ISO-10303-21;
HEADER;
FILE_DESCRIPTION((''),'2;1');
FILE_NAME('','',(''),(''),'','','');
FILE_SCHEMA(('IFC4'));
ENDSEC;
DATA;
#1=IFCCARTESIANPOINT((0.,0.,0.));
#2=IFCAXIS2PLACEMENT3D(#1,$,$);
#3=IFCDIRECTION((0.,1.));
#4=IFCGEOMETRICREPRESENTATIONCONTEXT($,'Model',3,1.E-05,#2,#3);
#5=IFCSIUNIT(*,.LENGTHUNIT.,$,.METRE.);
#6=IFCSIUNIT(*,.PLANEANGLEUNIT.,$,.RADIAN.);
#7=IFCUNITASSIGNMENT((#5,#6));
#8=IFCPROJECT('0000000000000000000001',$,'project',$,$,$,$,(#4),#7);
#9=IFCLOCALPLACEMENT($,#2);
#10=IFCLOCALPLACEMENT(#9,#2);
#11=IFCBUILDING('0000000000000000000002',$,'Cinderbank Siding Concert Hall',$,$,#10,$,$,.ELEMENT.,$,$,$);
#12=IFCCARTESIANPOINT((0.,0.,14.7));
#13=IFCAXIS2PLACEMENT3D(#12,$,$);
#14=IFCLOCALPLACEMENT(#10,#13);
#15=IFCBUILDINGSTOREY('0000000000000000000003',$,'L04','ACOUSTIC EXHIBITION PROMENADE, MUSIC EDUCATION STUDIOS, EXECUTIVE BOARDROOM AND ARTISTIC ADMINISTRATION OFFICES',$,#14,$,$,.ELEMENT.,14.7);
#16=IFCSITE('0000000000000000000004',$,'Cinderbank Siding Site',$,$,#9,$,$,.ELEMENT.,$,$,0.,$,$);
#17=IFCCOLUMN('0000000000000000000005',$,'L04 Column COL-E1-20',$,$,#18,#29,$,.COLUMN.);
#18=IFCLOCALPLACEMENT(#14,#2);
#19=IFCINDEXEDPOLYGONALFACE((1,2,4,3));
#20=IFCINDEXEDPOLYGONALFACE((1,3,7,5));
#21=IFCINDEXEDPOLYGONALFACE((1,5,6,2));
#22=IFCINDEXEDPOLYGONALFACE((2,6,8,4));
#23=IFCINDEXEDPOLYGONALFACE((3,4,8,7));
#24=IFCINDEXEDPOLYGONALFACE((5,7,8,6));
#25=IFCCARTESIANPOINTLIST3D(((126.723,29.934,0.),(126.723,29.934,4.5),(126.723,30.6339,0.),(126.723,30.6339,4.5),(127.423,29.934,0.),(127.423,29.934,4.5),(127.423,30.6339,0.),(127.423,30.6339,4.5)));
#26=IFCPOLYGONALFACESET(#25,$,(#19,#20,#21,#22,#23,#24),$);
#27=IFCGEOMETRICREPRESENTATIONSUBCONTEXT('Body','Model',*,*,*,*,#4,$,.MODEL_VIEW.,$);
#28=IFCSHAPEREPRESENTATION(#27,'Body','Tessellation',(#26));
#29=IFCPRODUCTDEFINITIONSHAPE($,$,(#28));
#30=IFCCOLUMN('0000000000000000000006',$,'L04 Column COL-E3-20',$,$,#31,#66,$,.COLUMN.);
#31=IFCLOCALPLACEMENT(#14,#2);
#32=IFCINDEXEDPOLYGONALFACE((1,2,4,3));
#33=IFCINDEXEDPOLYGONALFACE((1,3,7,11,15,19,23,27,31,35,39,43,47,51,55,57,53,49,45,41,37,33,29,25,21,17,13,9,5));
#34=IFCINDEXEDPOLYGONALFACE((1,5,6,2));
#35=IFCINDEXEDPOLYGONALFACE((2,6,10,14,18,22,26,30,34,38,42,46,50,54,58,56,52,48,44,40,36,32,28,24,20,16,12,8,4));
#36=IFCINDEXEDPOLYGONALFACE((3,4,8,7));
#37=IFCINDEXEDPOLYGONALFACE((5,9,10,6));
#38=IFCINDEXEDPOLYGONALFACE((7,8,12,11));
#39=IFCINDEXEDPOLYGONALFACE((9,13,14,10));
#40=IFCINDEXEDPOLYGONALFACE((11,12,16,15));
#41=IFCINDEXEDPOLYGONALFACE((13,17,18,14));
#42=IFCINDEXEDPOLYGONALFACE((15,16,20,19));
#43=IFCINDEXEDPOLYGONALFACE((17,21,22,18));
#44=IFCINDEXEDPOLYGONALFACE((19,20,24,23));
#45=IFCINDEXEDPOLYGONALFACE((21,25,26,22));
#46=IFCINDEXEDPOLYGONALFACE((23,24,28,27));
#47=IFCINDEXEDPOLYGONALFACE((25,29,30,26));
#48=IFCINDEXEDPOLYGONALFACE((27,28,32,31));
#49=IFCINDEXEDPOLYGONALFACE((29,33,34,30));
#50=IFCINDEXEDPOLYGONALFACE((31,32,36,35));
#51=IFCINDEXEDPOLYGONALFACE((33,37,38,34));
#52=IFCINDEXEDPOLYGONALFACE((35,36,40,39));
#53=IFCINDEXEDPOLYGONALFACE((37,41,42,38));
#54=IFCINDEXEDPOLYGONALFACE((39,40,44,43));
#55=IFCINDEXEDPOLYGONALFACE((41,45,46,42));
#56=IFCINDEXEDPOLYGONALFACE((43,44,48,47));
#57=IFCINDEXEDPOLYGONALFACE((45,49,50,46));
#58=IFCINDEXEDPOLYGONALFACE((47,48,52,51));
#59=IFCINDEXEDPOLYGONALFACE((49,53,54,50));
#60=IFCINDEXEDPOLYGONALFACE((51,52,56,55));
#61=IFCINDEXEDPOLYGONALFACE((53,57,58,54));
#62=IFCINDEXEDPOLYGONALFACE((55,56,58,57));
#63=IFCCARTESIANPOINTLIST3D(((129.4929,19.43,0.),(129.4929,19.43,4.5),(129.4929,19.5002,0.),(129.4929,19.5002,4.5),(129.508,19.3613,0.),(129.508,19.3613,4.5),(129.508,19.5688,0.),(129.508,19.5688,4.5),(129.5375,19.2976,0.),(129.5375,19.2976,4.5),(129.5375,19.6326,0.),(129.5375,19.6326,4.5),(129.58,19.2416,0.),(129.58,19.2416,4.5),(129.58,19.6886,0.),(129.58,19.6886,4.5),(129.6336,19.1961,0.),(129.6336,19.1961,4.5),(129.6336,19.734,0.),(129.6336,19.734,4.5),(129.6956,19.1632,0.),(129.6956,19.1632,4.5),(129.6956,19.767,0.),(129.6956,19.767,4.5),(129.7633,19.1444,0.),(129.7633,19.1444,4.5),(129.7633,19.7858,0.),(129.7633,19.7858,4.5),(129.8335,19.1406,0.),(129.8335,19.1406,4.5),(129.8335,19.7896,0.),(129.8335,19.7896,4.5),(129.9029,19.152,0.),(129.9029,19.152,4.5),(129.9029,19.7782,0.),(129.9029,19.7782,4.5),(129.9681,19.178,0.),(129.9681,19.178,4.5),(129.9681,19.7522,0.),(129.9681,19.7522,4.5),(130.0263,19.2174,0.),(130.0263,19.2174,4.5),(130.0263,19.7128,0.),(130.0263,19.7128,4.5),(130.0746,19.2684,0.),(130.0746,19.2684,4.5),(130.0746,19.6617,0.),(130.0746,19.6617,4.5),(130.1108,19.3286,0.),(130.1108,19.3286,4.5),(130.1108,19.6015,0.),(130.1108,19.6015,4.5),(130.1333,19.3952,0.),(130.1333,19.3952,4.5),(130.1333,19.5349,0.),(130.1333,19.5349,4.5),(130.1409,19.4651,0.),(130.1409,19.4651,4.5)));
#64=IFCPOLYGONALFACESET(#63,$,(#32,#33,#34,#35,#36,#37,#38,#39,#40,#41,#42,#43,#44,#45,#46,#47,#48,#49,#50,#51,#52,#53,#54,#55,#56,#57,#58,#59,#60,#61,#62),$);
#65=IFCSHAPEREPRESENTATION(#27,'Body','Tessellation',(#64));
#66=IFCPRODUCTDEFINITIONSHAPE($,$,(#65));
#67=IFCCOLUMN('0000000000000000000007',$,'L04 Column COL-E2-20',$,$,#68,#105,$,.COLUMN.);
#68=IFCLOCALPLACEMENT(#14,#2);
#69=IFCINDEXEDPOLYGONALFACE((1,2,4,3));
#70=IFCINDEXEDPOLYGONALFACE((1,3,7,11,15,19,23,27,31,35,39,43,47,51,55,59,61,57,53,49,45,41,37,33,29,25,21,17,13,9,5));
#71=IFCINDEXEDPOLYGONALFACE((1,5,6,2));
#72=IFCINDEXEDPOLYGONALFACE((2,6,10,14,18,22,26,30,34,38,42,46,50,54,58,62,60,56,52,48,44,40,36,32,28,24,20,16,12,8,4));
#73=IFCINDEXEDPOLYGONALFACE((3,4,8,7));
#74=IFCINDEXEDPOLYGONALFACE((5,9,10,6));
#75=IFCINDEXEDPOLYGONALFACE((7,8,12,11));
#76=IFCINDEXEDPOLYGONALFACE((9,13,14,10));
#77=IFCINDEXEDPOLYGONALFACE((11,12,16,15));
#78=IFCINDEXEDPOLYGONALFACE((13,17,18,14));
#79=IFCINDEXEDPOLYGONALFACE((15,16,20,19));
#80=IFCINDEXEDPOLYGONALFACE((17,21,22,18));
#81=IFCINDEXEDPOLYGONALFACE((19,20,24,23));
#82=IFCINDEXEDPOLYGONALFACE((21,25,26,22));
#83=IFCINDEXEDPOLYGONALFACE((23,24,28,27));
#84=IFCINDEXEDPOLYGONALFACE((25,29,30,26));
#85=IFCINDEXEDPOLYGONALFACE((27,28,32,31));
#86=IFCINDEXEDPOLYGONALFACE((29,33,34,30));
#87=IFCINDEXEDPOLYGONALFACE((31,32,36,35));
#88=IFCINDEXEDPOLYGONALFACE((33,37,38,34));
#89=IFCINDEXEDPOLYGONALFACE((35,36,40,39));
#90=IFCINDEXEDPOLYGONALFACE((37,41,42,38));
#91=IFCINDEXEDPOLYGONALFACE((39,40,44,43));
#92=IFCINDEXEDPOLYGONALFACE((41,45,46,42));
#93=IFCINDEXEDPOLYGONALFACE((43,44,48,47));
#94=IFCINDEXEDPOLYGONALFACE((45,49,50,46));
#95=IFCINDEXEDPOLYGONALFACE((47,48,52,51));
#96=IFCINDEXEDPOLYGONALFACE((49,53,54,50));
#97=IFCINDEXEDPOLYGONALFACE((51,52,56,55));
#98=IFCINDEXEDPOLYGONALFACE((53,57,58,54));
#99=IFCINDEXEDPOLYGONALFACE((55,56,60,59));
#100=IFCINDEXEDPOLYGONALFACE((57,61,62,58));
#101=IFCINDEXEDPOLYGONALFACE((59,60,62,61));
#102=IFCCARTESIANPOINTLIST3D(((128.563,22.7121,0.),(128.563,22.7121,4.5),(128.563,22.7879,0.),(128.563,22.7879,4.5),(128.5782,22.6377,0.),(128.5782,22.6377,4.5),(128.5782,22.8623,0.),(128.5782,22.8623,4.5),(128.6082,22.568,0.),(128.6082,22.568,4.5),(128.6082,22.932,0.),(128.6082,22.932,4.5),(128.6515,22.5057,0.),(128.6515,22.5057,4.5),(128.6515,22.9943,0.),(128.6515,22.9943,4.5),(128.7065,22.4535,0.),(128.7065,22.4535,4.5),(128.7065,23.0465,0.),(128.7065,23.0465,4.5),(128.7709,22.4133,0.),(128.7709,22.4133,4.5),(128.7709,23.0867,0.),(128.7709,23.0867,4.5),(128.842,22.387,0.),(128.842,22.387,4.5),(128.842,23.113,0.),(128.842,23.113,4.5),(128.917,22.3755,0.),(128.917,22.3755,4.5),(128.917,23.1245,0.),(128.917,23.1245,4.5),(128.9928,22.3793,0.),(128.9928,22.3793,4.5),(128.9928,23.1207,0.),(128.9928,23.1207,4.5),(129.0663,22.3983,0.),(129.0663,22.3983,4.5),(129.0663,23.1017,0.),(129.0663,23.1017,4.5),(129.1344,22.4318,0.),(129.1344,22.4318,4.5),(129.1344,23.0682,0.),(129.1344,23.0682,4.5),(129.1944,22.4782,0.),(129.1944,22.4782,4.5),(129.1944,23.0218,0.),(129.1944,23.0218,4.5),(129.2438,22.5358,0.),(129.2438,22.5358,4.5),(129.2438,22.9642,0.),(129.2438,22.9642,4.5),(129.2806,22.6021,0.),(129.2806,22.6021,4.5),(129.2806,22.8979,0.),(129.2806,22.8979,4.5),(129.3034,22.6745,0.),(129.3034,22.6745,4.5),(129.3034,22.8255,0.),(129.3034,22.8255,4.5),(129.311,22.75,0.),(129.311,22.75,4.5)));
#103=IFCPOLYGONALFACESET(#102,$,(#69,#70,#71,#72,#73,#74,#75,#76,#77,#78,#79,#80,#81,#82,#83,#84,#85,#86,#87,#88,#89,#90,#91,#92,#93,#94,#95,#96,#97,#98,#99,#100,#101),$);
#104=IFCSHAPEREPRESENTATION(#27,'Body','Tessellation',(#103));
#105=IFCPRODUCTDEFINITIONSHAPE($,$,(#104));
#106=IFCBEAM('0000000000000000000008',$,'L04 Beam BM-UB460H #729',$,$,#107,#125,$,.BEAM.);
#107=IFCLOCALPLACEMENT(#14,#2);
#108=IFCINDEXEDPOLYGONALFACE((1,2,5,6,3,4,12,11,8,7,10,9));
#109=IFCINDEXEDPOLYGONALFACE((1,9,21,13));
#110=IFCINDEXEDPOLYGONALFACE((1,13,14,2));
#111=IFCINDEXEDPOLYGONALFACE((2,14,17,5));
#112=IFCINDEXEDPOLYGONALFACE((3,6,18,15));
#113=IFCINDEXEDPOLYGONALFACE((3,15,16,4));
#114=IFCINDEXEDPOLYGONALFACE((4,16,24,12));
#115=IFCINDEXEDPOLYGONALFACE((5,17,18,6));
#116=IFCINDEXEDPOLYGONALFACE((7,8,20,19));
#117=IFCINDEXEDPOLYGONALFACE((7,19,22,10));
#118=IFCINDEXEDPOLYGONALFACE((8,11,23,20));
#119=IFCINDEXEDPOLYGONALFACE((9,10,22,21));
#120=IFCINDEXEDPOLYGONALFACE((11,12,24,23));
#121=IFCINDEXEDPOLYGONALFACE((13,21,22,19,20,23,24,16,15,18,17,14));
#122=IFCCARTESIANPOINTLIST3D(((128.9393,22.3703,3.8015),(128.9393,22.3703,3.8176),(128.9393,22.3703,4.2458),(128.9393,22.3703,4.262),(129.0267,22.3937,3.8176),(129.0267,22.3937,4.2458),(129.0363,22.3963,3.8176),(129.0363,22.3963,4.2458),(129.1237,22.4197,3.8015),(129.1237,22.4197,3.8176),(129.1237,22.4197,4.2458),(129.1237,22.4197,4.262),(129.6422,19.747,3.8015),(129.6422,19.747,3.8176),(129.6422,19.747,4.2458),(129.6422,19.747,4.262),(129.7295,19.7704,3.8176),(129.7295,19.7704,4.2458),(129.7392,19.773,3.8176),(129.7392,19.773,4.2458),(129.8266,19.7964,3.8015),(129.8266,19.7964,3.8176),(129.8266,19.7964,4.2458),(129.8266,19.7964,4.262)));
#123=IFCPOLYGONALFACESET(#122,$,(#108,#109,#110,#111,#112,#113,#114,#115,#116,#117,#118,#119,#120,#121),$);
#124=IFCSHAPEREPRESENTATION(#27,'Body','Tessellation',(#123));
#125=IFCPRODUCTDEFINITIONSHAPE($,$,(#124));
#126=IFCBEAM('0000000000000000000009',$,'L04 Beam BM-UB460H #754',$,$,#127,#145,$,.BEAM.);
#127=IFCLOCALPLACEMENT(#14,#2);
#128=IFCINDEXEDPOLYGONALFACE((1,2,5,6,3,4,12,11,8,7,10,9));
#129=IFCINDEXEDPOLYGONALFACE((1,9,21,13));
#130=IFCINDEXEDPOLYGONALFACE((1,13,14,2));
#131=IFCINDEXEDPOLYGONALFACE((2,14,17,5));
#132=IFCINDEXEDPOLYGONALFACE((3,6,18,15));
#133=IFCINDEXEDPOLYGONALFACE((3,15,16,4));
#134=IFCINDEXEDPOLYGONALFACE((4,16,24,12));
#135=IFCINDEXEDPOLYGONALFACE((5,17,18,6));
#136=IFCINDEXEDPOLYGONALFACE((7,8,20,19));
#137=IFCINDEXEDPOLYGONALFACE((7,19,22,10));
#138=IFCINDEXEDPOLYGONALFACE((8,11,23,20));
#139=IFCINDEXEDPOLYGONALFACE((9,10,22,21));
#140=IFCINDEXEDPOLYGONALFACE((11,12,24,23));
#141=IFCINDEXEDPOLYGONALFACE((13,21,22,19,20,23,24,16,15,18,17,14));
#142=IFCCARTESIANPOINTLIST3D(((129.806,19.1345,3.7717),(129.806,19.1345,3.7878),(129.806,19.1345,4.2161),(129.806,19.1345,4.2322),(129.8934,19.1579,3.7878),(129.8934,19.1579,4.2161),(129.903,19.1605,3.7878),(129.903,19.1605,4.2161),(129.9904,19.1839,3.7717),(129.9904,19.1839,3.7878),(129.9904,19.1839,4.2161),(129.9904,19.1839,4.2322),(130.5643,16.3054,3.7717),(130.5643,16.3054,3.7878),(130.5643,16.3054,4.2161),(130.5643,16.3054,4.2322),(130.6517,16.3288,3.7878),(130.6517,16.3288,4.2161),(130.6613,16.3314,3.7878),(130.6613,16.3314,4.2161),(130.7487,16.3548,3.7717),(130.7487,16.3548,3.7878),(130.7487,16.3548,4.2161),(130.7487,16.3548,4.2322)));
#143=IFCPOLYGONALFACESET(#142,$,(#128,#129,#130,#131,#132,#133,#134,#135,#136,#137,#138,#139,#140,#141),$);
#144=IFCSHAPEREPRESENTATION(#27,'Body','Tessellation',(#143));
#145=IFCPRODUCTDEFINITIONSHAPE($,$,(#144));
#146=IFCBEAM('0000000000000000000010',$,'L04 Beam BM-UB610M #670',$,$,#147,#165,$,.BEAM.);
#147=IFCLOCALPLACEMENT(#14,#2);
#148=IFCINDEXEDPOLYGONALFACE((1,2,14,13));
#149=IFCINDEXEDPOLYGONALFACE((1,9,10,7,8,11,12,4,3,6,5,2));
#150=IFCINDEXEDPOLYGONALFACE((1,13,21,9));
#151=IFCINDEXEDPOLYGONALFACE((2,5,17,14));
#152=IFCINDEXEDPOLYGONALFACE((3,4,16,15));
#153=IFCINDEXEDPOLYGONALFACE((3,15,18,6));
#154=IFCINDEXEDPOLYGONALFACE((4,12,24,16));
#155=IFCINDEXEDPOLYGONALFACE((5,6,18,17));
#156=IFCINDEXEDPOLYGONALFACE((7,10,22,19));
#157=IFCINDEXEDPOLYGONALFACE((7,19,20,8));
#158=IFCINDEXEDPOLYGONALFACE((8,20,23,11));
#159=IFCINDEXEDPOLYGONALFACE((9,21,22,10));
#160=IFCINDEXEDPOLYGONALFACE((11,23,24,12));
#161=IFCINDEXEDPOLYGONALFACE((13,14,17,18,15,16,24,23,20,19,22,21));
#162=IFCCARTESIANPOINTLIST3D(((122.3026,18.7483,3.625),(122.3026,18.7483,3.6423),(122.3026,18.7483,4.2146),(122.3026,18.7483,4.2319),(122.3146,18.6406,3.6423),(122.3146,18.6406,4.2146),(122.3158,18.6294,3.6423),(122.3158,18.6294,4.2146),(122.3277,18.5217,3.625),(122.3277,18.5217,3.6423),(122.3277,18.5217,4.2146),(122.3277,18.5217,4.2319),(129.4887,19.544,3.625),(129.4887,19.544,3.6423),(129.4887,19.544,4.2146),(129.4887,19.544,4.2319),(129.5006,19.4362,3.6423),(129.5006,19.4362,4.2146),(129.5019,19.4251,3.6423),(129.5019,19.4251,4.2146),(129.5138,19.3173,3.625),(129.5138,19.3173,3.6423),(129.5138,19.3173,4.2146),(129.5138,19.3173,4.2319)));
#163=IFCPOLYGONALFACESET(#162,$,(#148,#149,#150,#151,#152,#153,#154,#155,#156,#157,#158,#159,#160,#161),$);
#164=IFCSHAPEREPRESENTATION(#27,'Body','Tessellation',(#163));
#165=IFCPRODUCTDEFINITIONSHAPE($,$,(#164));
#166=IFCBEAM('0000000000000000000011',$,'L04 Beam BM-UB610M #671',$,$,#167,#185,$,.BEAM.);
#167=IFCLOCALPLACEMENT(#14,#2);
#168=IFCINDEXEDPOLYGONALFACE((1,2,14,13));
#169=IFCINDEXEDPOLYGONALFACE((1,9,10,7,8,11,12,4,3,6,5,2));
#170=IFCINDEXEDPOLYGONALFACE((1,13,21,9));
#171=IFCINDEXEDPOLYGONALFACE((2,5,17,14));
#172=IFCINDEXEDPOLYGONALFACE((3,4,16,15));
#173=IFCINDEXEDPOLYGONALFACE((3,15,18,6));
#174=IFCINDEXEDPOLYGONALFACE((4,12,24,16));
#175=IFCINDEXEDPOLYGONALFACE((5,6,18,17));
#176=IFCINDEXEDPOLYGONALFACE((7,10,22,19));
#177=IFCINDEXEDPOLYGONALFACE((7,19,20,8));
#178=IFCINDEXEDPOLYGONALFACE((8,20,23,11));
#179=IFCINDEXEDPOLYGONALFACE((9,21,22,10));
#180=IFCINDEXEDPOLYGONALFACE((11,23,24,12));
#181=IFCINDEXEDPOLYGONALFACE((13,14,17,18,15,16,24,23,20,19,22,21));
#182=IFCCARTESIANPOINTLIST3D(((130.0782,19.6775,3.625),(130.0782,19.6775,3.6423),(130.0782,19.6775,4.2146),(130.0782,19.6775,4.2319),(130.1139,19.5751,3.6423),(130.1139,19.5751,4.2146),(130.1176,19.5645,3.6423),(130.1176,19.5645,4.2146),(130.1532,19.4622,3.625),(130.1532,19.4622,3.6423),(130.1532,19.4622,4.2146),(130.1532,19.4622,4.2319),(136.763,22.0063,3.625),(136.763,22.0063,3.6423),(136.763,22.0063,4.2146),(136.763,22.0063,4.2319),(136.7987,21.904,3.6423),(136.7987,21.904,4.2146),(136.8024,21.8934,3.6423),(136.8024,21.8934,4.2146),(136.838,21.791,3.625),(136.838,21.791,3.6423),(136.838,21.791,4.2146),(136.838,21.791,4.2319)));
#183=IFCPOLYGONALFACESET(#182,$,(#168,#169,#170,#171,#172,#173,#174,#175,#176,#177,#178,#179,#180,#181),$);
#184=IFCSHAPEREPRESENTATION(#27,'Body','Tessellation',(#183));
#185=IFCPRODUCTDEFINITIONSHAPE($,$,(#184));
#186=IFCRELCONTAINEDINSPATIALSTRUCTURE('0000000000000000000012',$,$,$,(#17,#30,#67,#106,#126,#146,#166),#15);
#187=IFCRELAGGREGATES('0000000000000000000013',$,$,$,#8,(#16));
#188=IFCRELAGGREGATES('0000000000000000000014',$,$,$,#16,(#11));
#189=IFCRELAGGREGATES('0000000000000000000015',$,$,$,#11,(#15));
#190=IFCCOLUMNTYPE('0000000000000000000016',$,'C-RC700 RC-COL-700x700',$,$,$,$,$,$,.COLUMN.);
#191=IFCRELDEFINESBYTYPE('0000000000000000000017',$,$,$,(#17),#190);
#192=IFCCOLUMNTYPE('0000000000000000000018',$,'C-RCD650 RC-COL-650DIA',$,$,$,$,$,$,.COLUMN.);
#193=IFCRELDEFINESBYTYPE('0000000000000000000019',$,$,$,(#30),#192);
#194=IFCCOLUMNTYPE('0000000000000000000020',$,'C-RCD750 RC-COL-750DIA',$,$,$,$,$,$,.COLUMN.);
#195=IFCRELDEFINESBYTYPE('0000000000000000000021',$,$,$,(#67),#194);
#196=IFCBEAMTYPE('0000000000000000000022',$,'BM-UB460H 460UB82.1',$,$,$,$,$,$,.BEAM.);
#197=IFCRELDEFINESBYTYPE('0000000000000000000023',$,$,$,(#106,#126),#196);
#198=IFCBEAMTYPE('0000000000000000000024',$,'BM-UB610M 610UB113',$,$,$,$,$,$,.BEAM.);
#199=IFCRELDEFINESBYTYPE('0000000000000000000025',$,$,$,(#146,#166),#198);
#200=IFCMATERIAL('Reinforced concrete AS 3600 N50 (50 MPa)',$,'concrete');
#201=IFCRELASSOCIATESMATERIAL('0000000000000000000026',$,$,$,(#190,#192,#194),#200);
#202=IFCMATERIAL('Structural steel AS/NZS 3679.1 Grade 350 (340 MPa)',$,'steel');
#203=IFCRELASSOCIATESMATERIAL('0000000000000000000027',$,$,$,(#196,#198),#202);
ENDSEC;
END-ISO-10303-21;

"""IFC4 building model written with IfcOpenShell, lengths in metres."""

from ifc_helpers import new_model, si_unit, direction, frame, origin, origin_2d, place, context, subcontext, project, spatial, rectangle, circle, i_section, extrude, material, material_profile, profile_set, type_object, element, save


model = new_model("IFC4")

# Units and contexts
model_context = context("Model", 3, precision=1e-05, world=origin(), true_north=direction((0.0, 1.0)))
body_context = subcontext(model_context, "Body", "Model", "MODEL_VIEW")
ifc_project = project(units=[si_unit("LENGTHUNIT", "METRE"), si_unit("PLANEANGLEUNIT", "RADIAN")], contexts=[model_context])

# Site, building, storey
site_placement = place(None, origin())
site = spatial("IfcSite", under=ifc_project, at=site_placement, Name="Cinderbank Siding Site", CompositionType="ELEMENT", RefElevation=0.0)
building_placement = place(site_placement, origin())
building = spatial("IfcBuilding", under=site, at=building_placement, Name="Cinderbank Siding Concert Hall", CompositionType="ELEMENT")
storey_placement = place(building_placement, frame((0.0, 0.0, 14.7)))
storey = spatial("IfcBuildingStorey", under=building, at=storey_placement, Name="L04", Description="ACOUSTIC EXHIBITION PROMENADE, MUSIC EDUCATION STUDIOS, EXECUTIVE BOARDROOM AND ARTISTIC ADMINISTRATION OFFICES", CompositionType="ELEMENT", Elevation=14.7)

# Columns
ifc_material_1 = material(Name="Reinforced concrete AS 3600 N50 (50 MPa)", Category="concrete")
ifc_material_profile_1 = material_profile(ifc_material_1, rectangle(XDim=0.7, YDim=0.7, at=origin_2d()), Name="RC-COL-700x700", Category="LoadBearing")
ifc_profile_set_1 = profile_set([ifc_material_profile_1], Name="Reinforced concrete AS 3600 N50 (50 MPa)")
column_type_1 = type_object("IfcColumnType", Name="C-RC700 RC-COL-700x700", PredefinedType="COLUMN", material=ifc_profile_set_1)
column_1_placement = place(storey_placement, frame((127.073, 30.2839, 0.0), z_axis=(0.0, 0.0, 1.0), x_axis=(1.0, 0.0, 0.0)))
element("IfcColumn", 1, at=column_1_placement, inside=storey, type_object=column_type_1, Name="L04 Column COL-E1-20", PredefinedType="COLUMN", context=body_context, shape_type="SweptSolid", body=[
    extrude(rectangle(XDim=0.7, YDim=0.7, at=origin_2d()), origin(), (0.0, 0.0, 1.0), 4.5),
])
ifc_material_profile_2 = material_profile(ifc_material_1, circle(Radius=0.325, at=origin_2d()), Name="RC-COL-650DIA", Category="LoadBearing")
ifc_profile_set_2 = profile_set([ifc_material_profile_2], Name="Reinforced concrete AS 3600 N50 (50 MPa)")
column_type_2 = type_object("IfcColumnType", Name="C-RCD650 RC-COL-650DIA", PredefinedType="COLUMN", material=ifc_profile_set_2)
column_2_placement = place(storey_placement, frame((129.8159, 19.4651, 0.0), z_axis=(0.0, 0.0, 1.0), x_axis=(1.0, 0.0, 0.0)))
element("IfcColumn", 2, at=column_2_placement, inside=storey, type_object=column_type_2, Name="L04 Column COL-E3-20", PredefinedType="COLUMN", context=body_context, shape_type="SweptSolid", body=[
    extrude(circle(Radius=0.325, at=origin_2d()), origin(), (0.0, 0.0, 1.0), 4.5),
])
ifc_material_profile_3 = material_profile(ifc_material_1, circle(Radius=0.375, at=origin_2d()), Name="RC-COL-750DIA", Category="LoadBearing")
ifc_profile_set_3 = profile_set([ifc_material_profile_3], Name="Reinforced concrete AS 3600 N50 (50 MPa)")
column_type_3 = type_object("IfcColumnType", Name="C-RCD750 RC-COL-750DIA", PredefinedType="COLUMN", material=ifc_profile_set_3)
column_3_placement = place(storey_placement, frame((128.936, 22.75, 0.0), z_axis=(0.0, 0.0, 1.0), x_axis=(1.0, 0.0, 0.0)))
element("IfcColumn", 3, at=column_3_placement, inside=storey, type_object=column_type_3, Name="L04 Column COL-E2-20", PredefinedType="COLUMN", context=body_context, shape_type="SweptSolid", body=[
    extrude(circle(Radius=0.375, at=origin_2d()), origin(), (0.0, 0.0, 1.0), 4.5),
])

# Beams
ifc_material_2 = material(Name="Structural steel AS/NZS 3679.1 Grade 350 (340 MPa)", Category="steel")
ifc_material_profile_4 = material_profile(ifc_material_2, i_section(OverallWidth=0.1909, OverallDepth=0.4604, WebThickness=0.01, FlangeThickness=0.0161, at=origin_2d()), Name="460UB82.1", Category="LoadBearing")
ifc_profile_set_4 = profile_set([ifc_material_profile_4], Name="Structural steel AS/NZS 3679.1 Grade 350 (340 MPa)")
beam_type_1 = type_object("IfcBeamType", Name="BM-UB460H 460UB82.1", PredefinedType="BEAM", material=ifc_profile_set_4)
beam_1_placement = place(storey_placement, frame((129.0315, 22.395, 4.0317), z_axis=(0.258809, -0.965928, 0.0), x_axis=(0.965928, 0.258809, 0.0)))
element("IfcBeam", 4, at=beam_1_placement, inside=storey, type_object=beam_type_1, Name="L04 Beam BM-UB460H #729", PredefinedType="BEAM", context=body_context, shape_type="SweptSolid", body=[
    extrude(i_section(OverallWidth=0.1909, OverallDepth=0.4604, WebThickness=0.01, FlangeThickness=0.0161, at=origin_2d()), origin(), (0.0, 0.0, 1.0), 2.7158),
])
beam_2_placement = place(storey_placement, frame((129.8982, 19.1592, 4.002), z_axis=(0.258897, -0.965905, 0.0), x_axis=(0.965905, 0.258897, 0.0)))
element("IfcBeam", 5, at=beam_2_placement, inside=storey, type_object=beam_type_1, Name="L04 Beam BM-UB460H #754", PredefinedType="BEAM", context=body_context, shape_type="SweptSolid", body=[
    extrude(i_section(OverallWidth=0.1909, OverallDepth=0.4604, WebThickness=0.01, FlangeThickness=0.0161, at=origin_2d()), origin(), (0.0, 0.0, 1.0), 2.929),
])
ifc_material_profile_5 = material_profile(ifc_material_2, i_section(OverallWidth=0.228, OverallDepth=0.6069, WebThickness=0.0112, FlangeThickness=0.0173, at=origin_2d()), Name="610UB113", Category="LoadBearing")
ifc_profile_set_5 = profile_set([ifc_material_profile_5], Name="Structural steel AS/NZS 3679.1 Grade 350 (340 MPa)")
beam_type_2 = type_object("IfcBeamType", Name="BM-UB610M 610UB113", PredefinedType="BEAM", material=ifc_profile_set_5)
beam_3_placement = place(storey_placement, frame((122.3152, 18.635, 3.9285), z_axis=(0.993926, 0.11005, 0.0), x_axis=(-0.11005, 0.993926, 0.0)))
element("IfcBeam", 6, at=beam_3_placement, inside=storey, type_object=beam_type_2, Name="L04 Beam BM-UB610M #670", PredefinedType="BEAM", context=body_context, shape_type="SweptSolid", body=[
    extrude(i_section(OverallWidth=0.228, OverallDepth=0.6069, WebThickness=0.0112, FlangeThickness=0.0173, at=origin_2d()), origin(), (0.0, 0.0, 1.0), 7.23),
])
beam_4_placement = place(storey_placement, frame((130.1157, 19.5698, 3.9285), z_axis=(0.944334, 0.328987, 0.0), x_axis=(-0.328987, 0.944334, 0.0)))
element("IfcBeam", 7, at=beam_4_placement, inside=storey, type_object=beam_type_2, Name="L04 Beam BM-UB610M #671", PredefinedType="BEAM", context=body_context, shape_type="SweptSolid", body=[
    extrude(i_section(OverallWidth=0.228, OverallDepth=0.6069, WebThickness=0.0112, FlangeThickness=0.0173, at=origin_2d()), origin(), (0.0, 0.0, 1.0), 7.0789),
])

save(model, "model.ifc")
